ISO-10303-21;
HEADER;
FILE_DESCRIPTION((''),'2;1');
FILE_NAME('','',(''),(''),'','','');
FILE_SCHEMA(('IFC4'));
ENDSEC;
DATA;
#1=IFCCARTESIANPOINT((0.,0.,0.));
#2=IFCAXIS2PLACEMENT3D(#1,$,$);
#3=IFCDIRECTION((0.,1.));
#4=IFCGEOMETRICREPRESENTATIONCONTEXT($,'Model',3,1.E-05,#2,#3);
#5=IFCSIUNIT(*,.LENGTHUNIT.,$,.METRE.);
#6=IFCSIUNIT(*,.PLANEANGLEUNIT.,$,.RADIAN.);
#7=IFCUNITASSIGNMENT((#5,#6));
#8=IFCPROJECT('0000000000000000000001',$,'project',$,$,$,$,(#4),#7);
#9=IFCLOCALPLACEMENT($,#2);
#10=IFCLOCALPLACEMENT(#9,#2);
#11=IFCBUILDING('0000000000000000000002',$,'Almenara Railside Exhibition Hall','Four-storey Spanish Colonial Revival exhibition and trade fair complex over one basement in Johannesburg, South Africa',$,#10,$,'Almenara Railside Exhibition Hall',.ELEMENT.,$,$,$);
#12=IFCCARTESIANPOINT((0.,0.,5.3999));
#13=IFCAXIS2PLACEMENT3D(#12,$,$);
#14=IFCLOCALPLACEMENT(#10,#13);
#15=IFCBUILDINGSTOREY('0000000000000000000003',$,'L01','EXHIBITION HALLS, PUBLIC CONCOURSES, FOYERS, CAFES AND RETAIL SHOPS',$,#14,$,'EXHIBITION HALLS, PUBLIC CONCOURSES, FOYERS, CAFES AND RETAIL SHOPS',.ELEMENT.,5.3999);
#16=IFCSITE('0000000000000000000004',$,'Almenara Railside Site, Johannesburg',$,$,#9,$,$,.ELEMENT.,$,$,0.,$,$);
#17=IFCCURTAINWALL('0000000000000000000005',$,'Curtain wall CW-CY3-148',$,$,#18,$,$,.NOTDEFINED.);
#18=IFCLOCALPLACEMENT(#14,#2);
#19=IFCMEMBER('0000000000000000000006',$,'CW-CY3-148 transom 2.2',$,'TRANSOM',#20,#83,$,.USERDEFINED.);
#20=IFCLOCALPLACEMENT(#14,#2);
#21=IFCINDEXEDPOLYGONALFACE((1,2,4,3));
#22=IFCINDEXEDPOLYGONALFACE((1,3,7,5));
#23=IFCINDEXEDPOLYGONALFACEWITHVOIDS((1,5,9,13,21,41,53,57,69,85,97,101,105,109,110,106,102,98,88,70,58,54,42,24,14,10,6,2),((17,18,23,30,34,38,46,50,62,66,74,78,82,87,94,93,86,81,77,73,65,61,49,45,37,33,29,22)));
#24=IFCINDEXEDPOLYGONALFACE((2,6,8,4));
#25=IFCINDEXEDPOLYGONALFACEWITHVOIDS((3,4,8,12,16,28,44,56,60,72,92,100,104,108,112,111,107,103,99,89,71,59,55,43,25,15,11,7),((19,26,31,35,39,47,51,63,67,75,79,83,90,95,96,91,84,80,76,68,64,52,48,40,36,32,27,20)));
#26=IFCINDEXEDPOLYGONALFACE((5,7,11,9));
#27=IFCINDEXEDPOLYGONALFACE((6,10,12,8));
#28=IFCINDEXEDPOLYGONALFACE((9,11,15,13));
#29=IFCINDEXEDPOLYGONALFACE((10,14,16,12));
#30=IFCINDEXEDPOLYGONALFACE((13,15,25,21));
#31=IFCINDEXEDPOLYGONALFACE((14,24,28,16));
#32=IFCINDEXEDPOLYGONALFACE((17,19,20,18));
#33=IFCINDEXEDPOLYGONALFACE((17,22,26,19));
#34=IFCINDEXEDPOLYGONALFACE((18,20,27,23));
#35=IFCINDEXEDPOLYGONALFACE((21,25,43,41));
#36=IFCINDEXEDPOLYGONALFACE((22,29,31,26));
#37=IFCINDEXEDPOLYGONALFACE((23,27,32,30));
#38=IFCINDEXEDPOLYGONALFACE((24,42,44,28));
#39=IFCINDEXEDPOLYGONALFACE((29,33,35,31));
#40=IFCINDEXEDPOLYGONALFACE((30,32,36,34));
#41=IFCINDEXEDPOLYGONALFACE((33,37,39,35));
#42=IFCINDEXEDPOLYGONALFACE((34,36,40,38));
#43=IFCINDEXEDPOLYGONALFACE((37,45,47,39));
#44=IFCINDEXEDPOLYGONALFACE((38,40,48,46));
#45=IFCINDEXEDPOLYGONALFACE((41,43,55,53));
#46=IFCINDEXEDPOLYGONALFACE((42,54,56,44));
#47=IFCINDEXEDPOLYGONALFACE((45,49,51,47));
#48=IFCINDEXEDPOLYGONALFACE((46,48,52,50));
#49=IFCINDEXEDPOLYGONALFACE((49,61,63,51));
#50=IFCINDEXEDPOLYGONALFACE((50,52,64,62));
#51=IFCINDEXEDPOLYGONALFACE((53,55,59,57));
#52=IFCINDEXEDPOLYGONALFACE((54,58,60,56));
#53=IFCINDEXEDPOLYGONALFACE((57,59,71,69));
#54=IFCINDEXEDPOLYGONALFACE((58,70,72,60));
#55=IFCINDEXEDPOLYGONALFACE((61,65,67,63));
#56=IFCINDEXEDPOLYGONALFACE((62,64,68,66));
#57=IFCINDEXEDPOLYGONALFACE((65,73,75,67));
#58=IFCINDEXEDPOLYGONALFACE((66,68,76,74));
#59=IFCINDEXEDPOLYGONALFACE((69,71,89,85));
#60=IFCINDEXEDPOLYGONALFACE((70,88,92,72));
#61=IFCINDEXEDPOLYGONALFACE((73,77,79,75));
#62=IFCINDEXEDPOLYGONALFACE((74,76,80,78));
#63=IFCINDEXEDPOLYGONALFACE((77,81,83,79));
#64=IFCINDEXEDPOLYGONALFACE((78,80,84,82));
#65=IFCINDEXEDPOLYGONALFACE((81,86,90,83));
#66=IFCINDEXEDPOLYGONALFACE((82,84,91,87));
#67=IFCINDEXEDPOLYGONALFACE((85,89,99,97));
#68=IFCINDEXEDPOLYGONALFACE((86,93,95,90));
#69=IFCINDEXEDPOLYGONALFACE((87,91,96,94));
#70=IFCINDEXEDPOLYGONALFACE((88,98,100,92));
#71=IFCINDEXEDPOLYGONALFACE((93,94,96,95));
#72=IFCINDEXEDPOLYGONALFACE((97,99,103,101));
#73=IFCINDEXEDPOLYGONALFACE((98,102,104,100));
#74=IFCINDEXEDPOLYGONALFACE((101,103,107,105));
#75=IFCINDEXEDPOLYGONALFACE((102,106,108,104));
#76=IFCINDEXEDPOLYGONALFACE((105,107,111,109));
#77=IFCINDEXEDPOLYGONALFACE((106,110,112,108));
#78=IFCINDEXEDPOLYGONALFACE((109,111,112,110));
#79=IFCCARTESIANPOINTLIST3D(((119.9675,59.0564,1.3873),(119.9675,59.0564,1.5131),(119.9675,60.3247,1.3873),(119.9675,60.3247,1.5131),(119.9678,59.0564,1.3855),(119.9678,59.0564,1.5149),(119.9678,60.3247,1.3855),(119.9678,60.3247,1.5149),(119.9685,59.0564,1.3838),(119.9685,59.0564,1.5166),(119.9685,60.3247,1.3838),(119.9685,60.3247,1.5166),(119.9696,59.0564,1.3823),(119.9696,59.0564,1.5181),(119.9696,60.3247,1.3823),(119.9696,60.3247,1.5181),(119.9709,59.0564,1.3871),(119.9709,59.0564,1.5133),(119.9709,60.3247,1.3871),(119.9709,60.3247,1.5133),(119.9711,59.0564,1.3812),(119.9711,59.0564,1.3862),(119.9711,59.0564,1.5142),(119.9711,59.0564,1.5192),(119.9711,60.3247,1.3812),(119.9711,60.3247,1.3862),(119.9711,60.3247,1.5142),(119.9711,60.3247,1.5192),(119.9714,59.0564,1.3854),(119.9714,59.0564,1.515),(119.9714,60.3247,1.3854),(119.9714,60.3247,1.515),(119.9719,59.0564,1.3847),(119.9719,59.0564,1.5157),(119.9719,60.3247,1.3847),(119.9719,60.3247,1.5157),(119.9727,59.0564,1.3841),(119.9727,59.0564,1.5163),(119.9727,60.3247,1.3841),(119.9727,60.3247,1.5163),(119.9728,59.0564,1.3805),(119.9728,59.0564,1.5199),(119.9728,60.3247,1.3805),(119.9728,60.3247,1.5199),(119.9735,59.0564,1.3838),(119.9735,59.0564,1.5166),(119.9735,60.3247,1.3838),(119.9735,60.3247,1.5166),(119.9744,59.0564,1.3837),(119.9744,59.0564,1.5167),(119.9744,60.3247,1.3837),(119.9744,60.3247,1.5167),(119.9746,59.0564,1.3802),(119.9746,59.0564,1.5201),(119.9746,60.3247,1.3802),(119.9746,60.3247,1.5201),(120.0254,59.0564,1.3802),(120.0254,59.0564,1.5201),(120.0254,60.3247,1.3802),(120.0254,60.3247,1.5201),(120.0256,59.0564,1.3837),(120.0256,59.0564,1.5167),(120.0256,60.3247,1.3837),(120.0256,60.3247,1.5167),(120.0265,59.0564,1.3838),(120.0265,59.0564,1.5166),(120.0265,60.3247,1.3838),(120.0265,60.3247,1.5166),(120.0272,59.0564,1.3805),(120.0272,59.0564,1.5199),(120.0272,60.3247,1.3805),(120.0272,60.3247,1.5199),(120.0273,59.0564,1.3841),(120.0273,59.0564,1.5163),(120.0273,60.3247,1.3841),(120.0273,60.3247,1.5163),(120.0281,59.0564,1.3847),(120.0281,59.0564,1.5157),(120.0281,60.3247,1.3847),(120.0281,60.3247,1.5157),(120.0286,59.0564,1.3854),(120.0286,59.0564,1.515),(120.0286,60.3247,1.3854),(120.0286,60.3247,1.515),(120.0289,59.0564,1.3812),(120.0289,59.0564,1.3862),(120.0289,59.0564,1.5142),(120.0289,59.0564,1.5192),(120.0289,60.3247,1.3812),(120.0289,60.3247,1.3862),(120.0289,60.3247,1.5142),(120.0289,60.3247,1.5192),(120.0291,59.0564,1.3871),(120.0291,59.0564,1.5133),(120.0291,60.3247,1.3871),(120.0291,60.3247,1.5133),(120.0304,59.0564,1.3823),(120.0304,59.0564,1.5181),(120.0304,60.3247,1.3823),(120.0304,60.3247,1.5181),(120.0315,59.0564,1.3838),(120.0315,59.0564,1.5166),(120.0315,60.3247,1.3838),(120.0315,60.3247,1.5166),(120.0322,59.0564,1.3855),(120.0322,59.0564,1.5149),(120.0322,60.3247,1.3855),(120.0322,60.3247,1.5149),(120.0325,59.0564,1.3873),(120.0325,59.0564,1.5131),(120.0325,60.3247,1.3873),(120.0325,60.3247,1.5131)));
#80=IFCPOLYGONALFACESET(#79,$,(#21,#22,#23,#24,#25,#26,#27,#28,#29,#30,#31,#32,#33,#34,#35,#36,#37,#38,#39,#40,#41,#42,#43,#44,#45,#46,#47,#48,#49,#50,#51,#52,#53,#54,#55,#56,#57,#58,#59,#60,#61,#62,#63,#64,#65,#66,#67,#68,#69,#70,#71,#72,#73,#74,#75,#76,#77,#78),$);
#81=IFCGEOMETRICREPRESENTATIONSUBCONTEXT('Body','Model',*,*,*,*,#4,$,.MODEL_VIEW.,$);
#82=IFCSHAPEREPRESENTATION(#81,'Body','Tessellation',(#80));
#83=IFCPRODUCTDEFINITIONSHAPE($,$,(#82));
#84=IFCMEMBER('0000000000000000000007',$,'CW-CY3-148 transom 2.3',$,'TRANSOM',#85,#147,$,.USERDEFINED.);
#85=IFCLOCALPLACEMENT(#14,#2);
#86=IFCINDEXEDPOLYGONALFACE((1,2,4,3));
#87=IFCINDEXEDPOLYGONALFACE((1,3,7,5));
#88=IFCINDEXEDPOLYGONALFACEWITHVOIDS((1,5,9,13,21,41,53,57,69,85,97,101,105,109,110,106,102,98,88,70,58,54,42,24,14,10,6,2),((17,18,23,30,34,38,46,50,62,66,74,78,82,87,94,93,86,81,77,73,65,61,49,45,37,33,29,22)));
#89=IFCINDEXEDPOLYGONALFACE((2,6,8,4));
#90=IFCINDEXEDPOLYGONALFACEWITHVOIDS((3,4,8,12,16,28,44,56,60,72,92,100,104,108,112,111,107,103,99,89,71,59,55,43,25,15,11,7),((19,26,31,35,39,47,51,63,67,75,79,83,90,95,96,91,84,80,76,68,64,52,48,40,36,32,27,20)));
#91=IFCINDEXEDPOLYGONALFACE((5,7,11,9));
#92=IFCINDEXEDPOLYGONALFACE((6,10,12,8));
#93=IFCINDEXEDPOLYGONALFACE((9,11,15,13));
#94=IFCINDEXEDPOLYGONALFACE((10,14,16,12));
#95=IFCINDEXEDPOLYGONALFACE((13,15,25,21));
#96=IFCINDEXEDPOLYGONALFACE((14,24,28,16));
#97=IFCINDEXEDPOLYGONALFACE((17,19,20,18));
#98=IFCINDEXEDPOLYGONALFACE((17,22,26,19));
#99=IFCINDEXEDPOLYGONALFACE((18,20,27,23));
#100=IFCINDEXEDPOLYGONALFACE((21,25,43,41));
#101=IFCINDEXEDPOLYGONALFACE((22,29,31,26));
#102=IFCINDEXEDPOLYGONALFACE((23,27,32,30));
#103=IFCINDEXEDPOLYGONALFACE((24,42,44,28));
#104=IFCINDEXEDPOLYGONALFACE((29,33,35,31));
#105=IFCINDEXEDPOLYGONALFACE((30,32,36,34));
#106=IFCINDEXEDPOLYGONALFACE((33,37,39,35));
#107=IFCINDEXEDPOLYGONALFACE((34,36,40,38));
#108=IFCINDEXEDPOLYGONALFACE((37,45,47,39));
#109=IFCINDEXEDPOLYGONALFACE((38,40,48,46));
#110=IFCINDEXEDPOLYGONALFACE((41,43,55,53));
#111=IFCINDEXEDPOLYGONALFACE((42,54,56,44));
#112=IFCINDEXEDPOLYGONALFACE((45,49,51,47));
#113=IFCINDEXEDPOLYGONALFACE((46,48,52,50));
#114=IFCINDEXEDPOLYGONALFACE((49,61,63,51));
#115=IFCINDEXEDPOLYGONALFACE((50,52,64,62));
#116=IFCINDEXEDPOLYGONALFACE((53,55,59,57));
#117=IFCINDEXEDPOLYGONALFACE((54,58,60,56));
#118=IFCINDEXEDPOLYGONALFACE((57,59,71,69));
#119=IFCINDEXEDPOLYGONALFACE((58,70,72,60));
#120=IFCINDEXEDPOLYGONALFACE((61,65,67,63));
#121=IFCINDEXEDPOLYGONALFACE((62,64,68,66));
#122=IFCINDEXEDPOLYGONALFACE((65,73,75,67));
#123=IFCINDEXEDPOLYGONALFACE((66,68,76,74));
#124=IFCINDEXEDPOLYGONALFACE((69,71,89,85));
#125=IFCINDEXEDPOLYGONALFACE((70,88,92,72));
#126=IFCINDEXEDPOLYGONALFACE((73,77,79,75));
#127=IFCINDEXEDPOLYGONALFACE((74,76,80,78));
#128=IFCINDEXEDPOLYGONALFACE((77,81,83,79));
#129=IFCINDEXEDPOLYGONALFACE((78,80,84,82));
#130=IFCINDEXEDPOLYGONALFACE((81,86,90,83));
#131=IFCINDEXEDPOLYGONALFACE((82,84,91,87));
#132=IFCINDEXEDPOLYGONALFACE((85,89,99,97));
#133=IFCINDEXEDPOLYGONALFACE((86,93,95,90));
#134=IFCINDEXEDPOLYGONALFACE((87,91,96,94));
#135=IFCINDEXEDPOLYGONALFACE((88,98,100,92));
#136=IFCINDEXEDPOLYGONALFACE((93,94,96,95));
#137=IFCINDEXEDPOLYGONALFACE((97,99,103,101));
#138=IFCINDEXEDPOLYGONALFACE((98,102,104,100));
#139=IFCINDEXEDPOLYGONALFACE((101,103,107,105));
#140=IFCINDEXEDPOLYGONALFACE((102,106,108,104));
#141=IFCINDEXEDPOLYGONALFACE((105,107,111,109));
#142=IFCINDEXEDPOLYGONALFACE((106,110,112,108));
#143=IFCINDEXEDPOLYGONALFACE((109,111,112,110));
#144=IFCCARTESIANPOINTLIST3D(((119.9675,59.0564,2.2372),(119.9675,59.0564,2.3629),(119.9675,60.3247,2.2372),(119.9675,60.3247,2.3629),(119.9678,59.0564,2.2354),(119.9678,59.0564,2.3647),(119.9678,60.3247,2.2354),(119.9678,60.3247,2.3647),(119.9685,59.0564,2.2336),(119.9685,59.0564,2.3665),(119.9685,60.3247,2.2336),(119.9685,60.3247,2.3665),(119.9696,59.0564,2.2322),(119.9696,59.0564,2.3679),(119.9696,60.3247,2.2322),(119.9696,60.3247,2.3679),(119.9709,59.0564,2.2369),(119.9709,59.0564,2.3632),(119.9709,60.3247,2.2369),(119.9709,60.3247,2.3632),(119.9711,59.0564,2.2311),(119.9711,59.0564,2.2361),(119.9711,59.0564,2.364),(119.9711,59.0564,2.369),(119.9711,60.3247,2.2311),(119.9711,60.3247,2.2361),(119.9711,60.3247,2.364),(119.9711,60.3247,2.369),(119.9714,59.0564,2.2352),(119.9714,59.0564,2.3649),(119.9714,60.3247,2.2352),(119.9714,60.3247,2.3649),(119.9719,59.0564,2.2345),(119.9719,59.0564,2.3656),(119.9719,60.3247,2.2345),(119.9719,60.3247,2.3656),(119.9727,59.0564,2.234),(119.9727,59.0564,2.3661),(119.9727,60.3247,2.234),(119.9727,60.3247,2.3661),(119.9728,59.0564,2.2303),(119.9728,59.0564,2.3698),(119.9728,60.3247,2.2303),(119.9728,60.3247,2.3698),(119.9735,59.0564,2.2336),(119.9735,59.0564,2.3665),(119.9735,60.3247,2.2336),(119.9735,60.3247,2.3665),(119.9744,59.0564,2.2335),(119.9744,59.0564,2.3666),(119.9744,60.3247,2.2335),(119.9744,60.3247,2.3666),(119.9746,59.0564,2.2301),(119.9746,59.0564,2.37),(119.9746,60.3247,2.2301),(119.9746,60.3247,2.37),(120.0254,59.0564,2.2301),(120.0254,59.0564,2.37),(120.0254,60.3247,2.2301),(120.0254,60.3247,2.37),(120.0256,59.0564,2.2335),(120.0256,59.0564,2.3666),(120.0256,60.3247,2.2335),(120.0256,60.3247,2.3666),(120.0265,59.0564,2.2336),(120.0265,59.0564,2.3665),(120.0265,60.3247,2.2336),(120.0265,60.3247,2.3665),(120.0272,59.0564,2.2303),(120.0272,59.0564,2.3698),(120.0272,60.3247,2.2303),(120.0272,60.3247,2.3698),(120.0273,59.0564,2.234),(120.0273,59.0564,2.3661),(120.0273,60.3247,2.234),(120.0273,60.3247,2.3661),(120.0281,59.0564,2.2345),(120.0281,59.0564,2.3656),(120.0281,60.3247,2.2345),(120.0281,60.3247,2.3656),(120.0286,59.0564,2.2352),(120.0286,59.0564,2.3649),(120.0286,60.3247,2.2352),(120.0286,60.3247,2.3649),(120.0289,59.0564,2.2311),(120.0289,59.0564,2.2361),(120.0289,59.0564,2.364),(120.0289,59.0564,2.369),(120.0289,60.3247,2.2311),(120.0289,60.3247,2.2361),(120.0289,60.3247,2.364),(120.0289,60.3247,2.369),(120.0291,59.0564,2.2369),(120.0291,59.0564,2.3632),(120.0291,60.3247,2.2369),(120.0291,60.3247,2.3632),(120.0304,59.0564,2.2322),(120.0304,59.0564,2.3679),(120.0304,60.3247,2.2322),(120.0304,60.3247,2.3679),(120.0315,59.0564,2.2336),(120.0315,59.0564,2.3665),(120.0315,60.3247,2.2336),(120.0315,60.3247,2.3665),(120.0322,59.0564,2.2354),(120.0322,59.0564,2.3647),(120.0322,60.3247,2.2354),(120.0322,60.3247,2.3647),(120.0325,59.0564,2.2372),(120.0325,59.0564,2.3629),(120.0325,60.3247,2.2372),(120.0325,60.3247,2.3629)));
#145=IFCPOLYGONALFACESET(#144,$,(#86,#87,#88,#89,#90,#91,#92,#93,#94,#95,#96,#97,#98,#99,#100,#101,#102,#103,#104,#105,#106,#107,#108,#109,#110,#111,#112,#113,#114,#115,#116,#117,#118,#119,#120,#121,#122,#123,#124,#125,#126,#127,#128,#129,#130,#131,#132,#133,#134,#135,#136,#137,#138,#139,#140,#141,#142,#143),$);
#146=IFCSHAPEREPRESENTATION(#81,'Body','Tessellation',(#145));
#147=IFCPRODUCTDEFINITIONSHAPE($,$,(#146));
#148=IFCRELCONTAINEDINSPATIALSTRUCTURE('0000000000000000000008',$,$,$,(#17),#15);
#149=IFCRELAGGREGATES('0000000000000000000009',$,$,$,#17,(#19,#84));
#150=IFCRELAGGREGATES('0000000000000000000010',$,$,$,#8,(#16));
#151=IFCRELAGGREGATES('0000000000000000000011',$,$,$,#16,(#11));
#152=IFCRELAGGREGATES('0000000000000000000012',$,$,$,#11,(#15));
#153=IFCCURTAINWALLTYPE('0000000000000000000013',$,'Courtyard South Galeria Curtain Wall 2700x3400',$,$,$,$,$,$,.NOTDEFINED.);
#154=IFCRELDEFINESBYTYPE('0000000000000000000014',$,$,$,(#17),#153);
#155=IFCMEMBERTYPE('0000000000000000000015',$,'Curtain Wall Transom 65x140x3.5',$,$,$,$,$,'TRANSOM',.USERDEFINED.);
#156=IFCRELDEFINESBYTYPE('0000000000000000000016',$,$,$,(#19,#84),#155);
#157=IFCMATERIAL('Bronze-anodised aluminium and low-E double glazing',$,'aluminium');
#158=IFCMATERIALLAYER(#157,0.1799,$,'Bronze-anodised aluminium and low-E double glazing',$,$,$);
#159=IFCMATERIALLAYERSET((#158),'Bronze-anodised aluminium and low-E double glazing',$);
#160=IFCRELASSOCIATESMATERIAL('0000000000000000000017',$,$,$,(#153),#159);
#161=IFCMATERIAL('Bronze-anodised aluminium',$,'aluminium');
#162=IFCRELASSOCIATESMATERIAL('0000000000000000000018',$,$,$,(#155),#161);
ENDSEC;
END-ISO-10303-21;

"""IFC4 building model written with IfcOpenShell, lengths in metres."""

from ifc_helpers import new_model, si_unit, direction, frame, origin, origin_2d, place, context, subcontext, project, spatial, hollow_rectangle, extrude, material, layer, layer_set, material_profile, profile_set, type_object, element, aggregate, save


model = new_model("IFC4")

# Units and contexts
model_context = context("Model", 3, precision=1e-05, world=origin(), true_north=direction((0.0, 1.0)))
body_context = subcontext(model_context, "Body", "Model", "MODEL_VIEW")
ifc_project = project(units=[si_unit("LENGTHUNIT", "METRE"), si_unit("PLANEANGLEUNIT", "RADIAN")], contexts=[model_context])

# Site, building, storey
site_placement = place(None, origin())
site = spatial("IfcSite", under=ifc_project, at=site_placement, Name="Almenara Railside Site, Johannesburg", CompositionType="ELEMENT", RefElevation=0.0)
building_placement = place(site_placement, origin())
building = spatial("IfcBuilding", under=site, at=building_placement, Name="Almenara Railside Exhibition Hall", Description="Four-storey Spanish Colonial Revival exhibition and trade fair complex over one basement in Johannesburg, South Africa", LongName="Almenara Railside Exhibition Hall", CompositionType="ELEMENT")
storey_placement = place(building_placement, frame((0.0, 0.0, 5.3999)))
storey = spatial("IfcBuildingStorey", under=building, at=storey_placement, Name="L01", Description="EXHIBITION HALLS, PUBLIC CONCOURSES, FOYERS, CAFES AND RETAIL SHOPS", LongName="EXHIBITION HALLS, PUBLIC CONCOURSES, FOYERS, CAFES AND RETAIL SHOPS", CompositionType="ELEMENT", Elevation=5.3999)

# Curtain wall
ifc_material_1 = material(Name="Bronze-anodised aluminium and low-E double glazing", Category="aluminium")
ifc_layer_1 = layer(ifc_material_1, 0.1799, Name="Bronze-anodised aluminium and low-E double glazing")
ifc_layer_set_1 = layer_set([ifc_layer_1], Name="Bronze-anodised aluminium and low-E double glazing")
curtain_wall_type_1 = type_object("IfcCurtainWallType", Name="Courtyard South Galeria Curtain Wall 2700x3400", PredefinedType="NOTDEFINED", material=ifc_layer_set_1)
curtain_wall_1_placement = place(storey_placement, origin())
curtain_wall_1 = element("IfcCurtainWall", 1, at=curtain_wall_1_placement, inside=storey, type_object=curtain_wall_type_1, Name="Curtain wall CW-CY3-148", PredefinedType="NOTDEFINED")
ifc_material_2 = material(Name="Bronze-anodised aluminium", Category="aluminium")

# Members
ifc_material_profile_1 = material_profile(ifc_material_2, hollow_rectangle(XDim=0.0649, YDim=0.1399, WallThickness=0.0034, InnerFilletRadius=0.0034, OuterFilletRadius=0.0071, at=origin_2d()), Name="ALU-TRN 65x140x3.5")
ifc_profile_set_1 = profile_set([ifc_material_profile_1], Name="Bronze-anodised aluminium")
member_type_1 = type_object("IfcMemberType", Name="Curtain Wall Transom 65x140x3.5", ElementType="TRANSOM", PredefinedType="USERDEFINED", material=ifc_profile_set_1)
member_1_placement = place(storey_placement, frame((120.0, 59.0564, 1.4502), z_axis=(0.0, 1.0, 0.0), x_axis=(-1.0, 0.0, 0.0)))
member_1 = element("IfcMember", 2, at=member_1_placement, type_object=member_type_1, Name="CW-CY3-148 transom 2.2", ObjectType="TRANSOM", PredefinedType="USERDEFINED", context=body_context, shape_type="SweptSolid", body=[
    extrude(hollow_rectangle(XDim=0.0649, YDim=0.1399, WallThickness=0.0034, InnerFilletRadius=0.0034, OuterFilletRadius=0.0071, at=origin_2d()), origin(), (0.0, 0.0, 1.0), 1.2683),
])
member_2_placement = place(storey_placement, frame((120.0, 59.0564, 2.3), z_axis=(0.0, 1.0, 0.0), x_axis=(-1.0, 0.0, 0.0)))
member_2 = element("IfcMember", 3, at=member_2_placement, type_object=member_type_1, Name="CW-CY3-148 transom 2.3", ObjectType="TRANSOM", PredefinedType="USERDEFINED", context=body_context, shape_type="SweptSolid", body=[
    extrude(hollow_rectangle(XDim=0.0649, YDim=0.1399, WallThickness=0.0034, InnerFilletRadius=0.0034, OuterFilletRadius=0.0071, at=origin_2d()), origin(), (0.0, 0.0, 1.0), 1.2683),
])

aggregate(curtain_wall_1, [member_1, member_2])

save(model, "model.ifc")
